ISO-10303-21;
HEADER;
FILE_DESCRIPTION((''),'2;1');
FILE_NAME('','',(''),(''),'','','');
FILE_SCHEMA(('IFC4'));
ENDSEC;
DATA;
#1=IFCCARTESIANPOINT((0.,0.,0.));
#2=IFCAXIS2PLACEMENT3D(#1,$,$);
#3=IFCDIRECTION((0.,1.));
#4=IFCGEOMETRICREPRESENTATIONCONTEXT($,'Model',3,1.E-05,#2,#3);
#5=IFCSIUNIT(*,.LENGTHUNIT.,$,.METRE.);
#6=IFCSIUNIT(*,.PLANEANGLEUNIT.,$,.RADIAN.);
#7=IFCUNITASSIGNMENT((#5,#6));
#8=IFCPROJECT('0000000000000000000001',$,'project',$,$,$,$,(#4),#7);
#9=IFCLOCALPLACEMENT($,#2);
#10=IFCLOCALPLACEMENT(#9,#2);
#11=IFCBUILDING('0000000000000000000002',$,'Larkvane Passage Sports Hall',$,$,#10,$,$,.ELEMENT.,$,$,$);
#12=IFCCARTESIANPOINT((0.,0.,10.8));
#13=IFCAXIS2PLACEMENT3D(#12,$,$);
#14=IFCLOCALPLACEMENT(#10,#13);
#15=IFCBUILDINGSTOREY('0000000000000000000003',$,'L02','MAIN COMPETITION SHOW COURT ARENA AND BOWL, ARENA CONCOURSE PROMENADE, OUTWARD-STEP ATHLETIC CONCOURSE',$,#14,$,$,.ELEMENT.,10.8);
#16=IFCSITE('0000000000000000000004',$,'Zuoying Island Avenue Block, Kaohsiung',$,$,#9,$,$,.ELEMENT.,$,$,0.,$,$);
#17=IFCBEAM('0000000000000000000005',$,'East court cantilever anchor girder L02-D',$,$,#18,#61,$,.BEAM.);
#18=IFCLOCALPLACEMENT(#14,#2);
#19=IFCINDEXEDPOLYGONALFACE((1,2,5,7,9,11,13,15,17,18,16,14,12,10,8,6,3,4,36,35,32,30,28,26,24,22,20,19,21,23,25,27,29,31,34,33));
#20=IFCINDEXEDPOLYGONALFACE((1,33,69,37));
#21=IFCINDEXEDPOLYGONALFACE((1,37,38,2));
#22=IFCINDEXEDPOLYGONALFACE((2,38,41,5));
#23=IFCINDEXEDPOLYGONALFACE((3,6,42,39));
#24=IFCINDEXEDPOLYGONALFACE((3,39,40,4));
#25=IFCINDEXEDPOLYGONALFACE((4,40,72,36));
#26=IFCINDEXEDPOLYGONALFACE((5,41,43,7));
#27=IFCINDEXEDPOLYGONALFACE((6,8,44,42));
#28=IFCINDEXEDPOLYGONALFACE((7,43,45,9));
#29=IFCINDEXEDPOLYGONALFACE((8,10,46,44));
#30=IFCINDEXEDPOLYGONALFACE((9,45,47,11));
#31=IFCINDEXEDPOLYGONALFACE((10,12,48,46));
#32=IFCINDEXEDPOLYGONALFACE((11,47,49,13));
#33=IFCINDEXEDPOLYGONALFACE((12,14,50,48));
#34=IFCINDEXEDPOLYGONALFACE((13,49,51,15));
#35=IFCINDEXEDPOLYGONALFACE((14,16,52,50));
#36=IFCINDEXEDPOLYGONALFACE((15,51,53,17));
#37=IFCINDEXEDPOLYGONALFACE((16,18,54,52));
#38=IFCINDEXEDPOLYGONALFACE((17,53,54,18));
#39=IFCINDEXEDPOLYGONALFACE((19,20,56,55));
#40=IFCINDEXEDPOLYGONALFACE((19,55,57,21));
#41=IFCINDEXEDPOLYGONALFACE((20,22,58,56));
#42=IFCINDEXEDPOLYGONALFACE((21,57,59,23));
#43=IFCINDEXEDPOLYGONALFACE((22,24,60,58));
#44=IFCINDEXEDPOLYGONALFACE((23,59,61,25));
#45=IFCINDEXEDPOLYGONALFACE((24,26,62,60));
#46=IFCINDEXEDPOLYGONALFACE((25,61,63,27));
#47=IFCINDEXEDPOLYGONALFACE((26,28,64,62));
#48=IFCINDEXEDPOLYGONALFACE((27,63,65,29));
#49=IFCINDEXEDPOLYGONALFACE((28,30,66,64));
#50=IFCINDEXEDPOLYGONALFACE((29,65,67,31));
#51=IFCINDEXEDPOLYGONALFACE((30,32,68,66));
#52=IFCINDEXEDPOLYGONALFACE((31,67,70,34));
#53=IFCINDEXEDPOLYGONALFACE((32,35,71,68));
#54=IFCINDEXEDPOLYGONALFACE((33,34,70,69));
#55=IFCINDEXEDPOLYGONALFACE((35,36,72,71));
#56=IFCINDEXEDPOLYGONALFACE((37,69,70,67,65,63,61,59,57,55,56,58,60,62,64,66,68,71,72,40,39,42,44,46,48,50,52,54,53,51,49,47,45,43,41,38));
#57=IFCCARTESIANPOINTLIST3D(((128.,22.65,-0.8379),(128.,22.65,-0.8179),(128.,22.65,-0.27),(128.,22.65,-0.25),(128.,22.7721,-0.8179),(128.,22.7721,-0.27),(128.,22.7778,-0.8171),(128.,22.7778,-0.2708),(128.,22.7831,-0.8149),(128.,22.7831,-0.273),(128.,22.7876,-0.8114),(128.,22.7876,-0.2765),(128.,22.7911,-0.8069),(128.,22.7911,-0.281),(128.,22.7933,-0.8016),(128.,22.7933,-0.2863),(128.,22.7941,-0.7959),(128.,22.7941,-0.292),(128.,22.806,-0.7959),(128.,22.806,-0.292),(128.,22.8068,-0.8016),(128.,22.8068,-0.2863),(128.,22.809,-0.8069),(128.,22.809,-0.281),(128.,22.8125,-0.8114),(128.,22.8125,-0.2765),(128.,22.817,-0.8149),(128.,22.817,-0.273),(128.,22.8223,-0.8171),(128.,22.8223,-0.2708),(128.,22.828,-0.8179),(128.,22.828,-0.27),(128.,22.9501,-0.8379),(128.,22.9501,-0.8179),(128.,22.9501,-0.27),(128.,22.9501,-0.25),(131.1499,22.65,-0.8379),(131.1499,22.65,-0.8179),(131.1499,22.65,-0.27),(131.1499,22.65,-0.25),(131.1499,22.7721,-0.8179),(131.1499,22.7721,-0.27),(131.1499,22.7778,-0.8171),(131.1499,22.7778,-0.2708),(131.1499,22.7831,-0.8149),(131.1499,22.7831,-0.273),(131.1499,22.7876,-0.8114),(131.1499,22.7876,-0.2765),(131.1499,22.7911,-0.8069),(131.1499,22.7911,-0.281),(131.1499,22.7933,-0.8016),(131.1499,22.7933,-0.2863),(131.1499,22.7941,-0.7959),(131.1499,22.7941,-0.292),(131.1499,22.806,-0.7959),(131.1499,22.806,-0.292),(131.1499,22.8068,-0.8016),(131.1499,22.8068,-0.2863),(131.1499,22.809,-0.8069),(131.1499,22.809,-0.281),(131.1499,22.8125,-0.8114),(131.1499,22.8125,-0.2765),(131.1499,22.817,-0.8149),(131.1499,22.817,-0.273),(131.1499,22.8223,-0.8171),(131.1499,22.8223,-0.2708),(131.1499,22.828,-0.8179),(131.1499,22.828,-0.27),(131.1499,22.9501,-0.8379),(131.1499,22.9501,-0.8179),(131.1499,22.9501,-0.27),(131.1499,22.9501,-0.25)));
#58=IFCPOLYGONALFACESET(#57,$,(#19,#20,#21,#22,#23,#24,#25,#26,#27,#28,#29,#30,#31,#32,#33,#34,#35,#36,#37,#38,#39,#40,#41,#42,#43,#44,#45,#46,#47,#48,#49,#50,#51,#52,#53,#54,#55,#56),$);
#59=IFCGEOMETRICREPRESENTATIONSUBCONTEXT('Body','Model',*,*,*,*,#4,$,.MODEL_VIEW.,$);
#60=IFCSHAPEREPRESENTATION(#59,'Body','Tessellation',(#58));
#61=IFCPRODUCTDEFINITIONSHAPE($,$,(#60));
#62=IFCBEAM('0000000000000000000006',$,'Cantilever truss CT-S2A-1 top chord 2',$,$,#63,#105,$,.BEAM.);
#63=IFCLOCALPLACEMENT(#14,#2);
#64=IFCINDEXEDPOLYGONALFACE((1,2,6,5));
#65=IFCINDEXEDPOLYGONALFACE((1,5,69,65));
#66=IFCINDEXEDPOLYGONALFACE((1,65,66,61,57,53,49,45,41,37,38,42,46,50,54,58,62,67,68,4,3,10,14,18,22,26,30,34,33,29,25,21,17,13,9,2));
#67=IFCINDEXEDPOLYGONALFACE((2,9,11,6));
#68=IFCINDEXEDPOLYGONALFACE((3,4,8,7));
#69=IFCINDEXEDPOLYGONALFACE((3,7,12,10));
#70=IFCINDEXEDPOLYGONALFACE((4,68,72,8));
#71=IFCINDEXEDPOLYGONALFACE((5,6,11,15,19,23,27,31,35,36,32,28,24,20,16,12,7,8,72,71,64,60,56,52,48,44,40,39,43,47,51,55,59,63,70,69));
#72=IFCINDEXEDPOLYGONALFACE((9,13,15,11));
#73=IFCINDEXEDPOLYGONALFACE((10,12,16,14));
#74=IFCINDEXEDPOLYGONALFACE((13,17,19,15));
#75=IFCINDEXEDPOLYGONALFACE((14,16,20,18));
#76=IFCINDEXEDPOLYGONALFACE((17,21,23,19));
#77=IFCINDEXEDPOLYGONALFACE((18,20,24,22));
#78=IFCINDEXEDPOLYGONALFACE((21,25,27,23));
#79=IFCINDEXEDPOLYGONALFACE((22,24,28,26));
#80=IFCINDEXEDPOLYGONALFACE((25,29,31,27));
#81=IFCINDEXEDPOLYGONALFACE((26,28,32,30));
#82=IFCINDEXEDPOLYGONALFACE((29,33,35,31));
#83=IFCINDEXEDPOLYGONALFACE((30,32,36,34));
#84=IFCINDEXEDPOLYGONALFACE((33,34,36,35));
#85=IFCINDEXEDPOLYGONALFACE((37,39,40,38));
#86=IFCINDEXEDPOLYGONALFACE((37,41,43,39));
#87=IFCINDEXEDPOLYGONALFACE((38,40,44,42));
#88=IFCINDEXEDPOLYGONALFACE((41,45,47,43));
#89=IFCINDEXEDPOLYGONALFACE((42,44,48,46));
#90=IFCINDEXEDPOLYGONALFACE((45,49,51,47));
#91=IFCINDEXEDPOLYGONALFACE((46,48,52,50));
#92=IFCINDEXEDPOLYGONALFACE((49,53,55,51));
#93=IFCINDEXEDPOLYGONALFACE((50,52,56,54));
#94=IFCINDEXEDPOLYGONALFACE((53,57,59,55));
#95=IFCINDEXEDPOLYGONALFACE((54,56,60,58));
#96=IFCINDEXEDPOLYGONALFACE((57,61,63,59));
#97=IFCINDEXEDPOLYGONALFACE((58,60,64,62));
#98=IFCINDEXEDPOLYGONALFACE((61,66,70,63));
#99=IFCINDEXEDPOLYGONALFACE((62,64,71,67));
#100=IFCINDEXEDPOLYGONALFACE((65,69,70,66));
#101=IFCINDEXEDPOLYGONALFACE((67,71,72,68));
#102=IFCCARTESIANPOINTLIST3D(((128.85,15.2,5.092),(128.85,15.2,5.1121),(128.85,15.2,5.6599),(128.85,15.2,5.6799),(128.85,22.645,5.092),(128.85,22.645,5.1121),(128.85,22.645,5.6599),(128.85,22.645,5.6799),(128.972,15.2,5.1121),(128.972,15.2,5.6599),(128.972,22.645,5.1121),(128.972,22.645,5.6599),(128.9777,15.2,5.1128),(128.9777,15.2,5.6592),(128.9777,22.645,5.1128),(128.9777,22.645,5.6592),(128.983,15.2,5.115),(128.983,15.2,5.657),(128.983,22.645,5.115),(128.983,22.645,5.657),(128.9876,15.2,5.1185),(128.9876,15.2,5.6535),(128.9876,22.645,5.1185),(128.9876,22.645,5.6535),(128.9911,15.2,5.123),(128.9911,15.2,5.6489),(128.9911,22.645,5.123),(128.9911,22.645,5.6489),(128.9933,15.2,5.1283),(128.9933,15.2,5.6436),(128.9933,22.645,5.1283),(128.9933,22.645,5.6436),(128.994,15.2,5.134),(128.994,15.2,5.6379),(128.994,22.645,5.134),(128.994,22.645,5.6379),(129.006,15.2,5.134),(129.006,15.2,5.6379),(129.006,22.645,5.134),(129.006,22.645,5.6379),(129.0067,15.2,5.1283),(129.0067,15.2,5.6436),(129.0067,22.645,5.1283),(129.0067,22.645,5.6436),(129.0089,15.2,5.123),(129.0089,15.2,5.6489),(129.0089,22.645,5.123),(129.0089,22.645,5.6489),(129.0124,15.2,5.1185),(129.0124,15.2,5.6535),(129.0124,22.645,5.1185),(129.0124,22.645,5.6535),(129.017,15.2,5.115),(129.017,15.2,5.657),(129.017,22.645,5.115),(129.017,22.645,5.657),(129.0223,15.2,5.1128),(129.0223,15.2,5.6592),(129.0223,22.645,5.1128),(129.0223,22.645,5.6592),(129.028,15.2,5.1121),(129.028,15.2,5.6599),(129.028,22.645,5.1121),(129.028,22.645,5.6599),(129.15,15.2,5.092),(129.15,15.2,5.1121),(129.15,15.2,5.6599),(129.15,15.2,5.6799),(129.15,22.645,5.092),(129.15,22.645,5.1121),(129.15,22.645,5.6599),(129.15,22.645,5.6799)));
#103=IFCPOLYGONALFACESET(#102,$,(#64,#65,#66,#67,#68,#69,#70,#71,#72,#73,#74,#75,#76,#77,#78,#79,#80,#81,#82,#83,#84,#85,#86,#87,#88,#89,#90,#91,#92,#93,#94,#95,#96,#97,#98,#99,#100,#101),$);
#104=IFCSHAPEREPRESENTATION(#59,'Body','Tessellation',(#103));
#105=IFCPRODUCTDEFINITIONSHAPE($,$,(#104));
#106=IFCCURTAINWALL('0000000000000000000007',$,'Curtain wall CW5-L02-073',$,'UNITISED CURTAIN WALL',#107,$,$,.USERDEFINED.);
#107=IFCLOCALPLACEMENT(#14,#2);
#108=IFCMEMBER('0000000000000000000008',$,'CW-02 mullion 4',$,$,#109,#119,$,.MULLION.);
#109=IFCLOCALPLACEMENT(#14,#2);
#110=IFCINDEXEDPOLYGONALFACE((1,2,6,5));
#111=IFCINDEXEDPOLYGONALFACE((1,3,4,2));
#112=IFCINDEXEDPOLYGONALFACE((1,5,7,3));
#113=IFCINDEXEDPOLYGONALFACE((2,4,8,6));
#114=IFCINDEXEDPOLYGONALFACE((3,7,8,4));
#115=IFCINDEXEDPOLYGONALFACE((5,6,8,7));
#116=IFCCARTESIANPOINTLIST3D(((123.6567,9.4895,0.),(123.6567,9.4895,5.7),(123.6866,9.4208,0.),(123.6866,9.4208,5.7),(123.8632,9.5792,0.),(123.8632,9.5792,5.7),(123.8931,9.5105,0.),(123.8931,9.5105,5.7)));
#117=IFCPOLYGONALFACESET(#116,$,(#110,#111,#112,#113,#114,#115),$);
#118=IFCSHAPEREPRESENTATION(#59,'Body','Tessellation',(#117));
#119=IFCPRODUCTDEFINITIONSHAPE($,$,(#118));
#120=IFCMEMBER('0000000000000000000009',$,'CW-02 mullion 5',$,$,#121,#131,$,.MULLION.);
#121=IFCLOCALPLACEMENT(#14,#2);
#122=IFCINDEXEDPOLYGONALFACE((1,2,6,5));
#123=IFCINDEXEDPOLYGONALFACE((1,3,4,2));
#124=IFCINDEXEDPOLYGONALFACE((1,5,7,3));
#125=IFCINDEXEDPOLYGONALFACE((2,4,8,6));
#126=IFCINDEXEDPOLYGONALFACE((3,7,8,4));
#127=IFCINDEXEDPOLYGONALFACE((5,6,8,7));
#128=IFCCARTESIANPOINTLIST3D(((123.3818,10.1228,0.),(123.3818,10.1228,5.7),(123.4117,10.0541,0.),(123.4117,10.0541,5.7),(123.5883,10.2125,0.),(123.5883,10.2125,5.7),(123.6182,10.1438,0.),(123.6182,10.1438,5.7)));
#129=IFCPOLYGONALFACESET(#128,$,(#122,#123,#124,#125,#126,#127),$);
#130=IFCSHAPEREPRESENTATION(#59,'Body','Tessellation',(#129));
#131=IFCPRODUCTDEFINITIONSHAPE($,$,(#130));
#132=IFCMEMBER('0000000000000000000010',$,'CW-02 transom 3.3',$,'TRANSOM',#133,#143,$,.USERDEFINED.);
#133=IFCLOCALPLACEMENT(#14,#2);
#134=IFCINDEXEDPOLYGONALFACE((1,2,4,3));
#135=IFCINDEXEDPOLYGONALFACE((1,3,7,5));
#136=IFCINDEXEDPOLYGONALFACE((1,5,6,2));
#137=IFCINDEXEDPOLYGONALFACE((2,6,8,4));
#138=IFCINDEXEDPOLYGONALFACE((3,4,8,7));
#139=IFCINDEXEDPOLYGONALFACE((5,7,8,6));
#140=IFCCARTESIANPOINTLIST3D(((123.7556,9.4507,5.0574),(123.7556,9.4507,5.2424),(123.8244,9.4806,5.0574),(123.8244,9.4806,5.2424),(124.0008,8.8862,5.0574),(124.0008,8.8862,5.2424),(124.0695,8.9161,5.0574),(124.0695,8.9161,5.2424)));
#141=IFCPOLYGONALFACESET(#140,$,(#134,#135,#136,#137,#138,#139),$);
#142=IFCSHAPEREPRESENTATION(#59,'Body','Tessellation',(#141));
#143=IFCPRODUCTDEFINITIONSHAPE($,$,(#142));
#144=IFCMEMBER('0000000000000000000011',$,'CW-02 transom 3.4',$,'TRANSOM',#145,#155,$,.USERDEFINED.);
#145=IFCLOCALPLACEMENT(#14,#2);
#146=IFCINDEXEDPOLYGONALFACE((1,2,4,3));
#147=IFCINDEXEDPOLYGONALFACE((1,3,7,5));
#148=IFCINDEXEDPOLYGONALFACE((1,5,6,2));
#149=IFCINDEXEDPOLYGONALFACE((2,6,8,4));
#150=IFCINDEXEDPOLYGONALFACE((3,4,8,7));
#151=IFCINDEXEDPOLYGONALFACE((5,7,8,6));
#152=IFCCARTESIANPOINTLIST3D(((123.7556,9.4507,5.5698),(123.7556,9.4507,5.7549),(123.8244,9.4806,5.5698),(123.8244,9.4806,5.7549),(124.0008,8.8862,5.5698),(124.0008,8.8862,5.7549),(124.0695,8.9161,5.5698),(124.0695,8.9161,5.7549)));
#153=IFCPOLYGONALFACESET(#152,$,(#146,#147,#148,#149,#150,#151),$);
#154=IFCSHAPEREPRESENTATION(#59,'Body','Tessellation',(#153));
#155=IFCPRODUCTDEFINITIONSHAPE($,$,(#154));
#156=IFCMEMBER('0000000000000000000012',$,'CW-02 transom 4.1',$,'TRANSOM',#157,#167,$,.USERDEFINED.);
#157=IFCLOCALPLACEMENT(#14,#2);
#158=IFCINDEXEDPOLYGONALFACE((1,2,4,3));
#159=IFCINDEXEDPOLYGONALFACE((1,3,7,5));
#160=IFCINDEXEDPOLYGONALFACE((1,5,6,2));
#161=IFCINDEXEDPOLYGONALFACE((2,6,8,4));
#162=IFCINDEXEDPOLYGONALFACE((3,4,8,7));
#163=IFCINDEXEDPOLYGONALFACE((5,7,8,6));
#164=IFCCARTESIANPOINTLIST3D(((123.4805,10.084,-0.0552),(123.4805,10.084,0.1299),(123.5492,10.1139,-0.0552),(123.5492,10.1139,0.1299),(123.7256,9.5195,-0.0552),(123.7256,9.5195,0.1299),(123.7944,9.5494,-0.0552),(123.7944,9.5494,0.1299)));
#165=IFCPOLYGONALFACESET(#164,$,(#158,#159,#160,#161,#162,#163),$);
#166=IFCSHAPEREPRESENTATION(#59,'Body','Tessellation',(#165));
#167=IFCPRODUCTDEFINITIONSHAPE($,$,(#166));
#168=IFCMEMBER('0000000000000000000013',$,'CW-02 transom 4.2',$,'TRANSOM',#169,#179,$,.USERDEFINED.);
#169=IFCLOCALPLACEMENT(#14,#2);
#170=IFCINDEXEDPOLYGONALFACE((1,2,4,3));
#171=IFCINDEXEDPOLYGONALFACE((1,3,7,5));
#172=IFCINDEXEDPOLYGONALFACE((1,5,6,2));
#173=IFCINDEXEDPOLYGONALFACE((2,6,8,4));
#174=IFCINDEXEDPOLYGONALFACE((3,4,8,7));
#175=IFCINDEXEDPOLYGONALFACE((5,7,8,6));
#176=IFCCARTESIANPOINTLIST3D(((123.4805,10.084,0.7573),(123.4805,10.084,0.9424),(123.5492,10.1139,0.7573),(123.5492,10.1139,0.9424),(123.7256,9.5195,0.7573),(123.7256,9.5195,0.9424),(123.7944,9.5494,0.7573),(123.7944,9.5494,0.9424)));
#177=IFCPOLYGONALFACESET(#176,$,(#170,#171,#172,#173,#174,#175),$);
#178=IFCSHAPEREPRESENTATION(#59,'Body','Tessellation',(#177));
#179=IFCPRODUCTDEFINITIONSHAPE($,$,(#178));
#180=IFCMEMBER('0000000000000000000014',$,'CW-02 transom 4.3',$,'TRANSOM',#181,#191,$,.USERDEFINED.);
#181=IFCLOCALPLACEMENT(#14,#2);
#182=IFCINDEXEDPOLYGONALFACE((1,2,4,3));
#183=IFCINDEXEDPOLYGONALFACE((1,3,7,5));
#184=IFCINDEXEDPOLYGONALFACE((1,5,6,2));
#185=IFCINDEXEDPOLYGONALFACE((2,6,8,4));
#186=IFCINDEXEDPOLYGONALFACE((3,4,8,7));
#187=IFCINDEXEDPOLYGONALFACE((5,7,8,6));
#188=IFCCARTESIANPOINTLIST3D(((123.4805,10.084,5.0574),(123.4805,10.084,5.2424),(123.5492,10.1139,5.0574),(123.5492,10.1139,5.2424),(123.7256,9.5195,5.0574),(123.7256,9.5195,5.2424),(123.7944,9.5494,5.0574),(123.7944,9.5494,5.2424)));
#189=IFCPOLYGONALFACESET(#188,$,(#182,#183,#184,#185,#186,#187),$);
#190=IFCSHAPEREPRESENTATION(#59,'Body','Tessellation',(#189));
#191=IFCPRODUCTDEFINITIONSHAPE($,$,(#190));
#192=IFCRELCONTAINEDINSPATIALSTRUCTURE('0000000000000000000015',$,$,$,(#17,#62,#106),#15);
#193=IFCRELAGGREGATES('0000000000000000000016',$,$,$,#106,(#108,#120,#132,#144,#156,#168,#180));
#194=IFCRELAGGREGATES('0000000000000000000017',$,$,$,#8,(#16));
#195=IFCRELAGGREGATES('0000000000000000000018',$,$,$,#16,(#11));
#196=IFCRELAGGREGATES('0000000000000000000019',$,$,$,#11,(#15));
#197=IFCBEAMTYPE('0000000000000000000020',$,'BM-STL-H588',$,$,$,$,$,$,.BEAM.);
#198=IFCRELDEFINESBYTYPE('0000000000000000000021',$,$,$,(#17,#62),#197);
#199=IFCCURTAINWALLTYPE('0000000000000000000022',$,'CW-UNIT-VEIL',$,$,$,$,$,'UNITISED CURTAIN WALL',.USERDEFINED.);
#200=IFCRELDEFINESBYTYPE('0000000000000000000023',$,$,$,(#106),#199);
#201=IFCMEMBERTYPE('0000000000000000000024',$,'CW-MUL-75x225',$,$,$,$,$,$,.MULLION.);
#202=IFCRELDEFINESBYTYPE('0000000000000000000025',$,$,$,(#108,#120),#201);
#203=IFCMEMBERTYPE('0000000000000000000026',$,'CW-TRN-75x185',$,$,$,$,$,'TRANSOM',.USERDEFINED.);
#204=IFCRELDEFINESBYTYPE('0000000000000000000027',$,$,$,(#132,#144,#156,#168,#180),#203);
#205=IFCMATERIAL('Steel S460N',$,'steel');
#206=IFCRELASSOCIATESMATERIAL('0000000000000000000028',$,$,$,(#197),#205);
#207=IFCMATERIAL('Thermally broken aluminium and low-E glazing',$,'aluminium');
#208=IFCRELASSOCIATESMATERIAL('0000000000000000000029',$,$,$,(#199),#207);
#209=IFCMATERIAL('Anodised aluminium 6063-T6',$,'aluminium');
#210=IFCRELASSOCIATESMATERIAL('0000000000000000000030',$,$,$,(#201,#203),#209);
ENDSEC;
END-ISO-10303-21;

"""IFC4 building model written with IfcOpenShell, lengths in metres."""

from ifc_helpers import new_model, si_unit, direction, frame, origin, origin_2d, place, context, subcontext, project, spatial, rectangle, i_section, extrude, material, material_profile, profile_set, type_object, element, aggregate, save


model = new_model("IFC4")

# Units and contexts
model_context = context("Model", 3, precision=1e-05, world=origin(), true_north=direction((0.0, 1.0)))
body_context = subcontext(model_context, "Body", "Model", "MODEL_VIEW")
ifc_project = project(units=[si_unit("LENGTHUNIT", "METRE"), si_unit("PLANEANGLEUNIT", "RADIAN")], contexts=[model_context])

# Site, building, storey
site_placement = place(None, origin())
site = spatial("IfcSite", under=ifc_project, at=site_placement, Name="Zuoying Island Avenue Block, Kaohsiung", CompositionType="ELEMENT", RefElevation=0.0)
building_placement = place(site_placement, origin())
building = spatial("IfcBuilding", under=site, at=building_placement, Name="Larkvane Passage Sports Hall", CompositionType="ELEMENT")
storey_placement = place(building_placement, frame((0.0, 0.0, 10.8)))
storey = spatial("IfcBuildingStorey", under=building, at=storey_placement, Name="L02", Description="MAIN COMPETITION SHOW COURT ARENA AND BOWL, ARENA CONCOURSE PROMENADE, OUTWARD-STEP ATHLETIC CONCOURSE", CompositionType="ELEMENT", Elevation=10.8)

# Beams
ifc_material_1 = material(Name="Steel S460N", Category="steel")
ifc_material_profile_1 = material_profile(ifc_material_1, i_section(OverallWidth=0.3, OverallDepth=0.5879, WebThickness=0.012, FlangeThickness=0.02, FilletRadius=0.022, at=origin_2d()), Name="H-588x300x12x20")
ifc_profile_set_1 = profile_set([ifc_material_profile_1], Name="Steel S460N")
beam_type = type_object("IfcBeamType", Name="BM-STL-H588", PredefinedType="BEAM", material=ifc_profile_set_1)
beam_1_placement = place(storey_placement, frame((128.0, 22.8, -0.5439), z_axis=(1.0, 0.0, 0.0), x_axis=(0.0, 1.0, 0.0)))
element("IfcBeam", 1, at=beam_1_placement, inside=storey, type_object=beam_type, Name="East court cantilever anchor girder L02-D", PredefinedType="BEAM", context=body_context, shape_type="SweptSolid", body=[
    extrude(i_section(OverallWidth=0.3, OverallDepth=0.5879, WebThickness=0.012, FlangeThickness=0.02, FilletRadius=0.022, at=origin_2d()), origin(), (0.0, 0.0, 1.0), 3.1499),
])
beam_2_placement = place(storey_placement, frame((129.0, 15.2, 5.386), z_axis=(0.0, 1.0, 0.0), x_axis=(-1.0, 0.0, 0.0)))
element("IfcBeam", 2, at=beam_2_placement, inside=storey, type_object=beam_type, Name="Cantilever truss CT-S2A-1 top chord 2", PredefinedType="BEAM", context=body_context, shape_type="SweptSolid", body=[
    extrude(i_section(OverallWidth=0.3, OverallDepth=0.5879, WebThickness=0.012, FlangeThickness=0.02, FilletRadius=0.022, at=origin_2d()), origin(), (0.0, 0.0, 1.0), 7.4451),
])

# Curtain wall, members
ifc_material_2 = material(Name="Thermally broken aluminium and low-E glazing", Category="aluminium")
curtain_wall_type = type_object("IfcCurtainWallType", Name="CW-UNIT-VEIL", ElementType="UNITISED CURTAIN WALL", PredefinedType="USERDEFINED", material=ifc_material_2)
curtain_wall_placement = place(storey_placement, origin())
curtain_wall = element("IfcCurtainWall", 3, at=curtain_wall_placement, inside=storey, type_object=curtain_wall_type, Name="Curtain wall CW5-L02-073", ObjectType="UNITISED CURTAIN WALL", PredefinedType="USERDEFINED")
ifc_material_3 = material(Name="Anodised aluminium 6063-T6", Category="aluminium")
ifc_material_profile_2 = material_profile(ifc_material_3, rectangle(XDim=0.075, YDim=0.2251, at=origin_2d()), Name="ALU-MUL-75x225")
ifc_profile_set_2 = profile_set([ifc_material_profile_2], Name="Anodised aluminium 6063-T6")
member_type_1 = type_object("IfcMemberType", Name="CW-MUL-75x225", PredefinedType="MULLION", material=ifc_profile_set_2)
member_1_placement = place(storey_placement, frame((123.7749, 9.5, 0.0), z_axis=(0.0, 0.0, 1.0), x_axis=(-0.398283, 0.917263, 0.0)))
member_1 = element("IfcMember", 4, at=member_1_placement, type_object=member_type_1, Name="CW-02 mullion 4", PredefinedType="MULLION", context=body_context, shape_type="SweptSolid", body=[
    extrude(rectangle(XDim=0.075, YDim=0.2251, at=origin_2d()), origin(), (0.0, 0.0, 1.0), 5.7),
])
member_2_placement = place(storey_placement, frame((123.5, 10.1333, 0.0), z_axis=(0.0, 0.0, 1.0), x_axis=(-0.398283, 0.917263, 0.0)))
member_2 = element("IfcMember", 5, at=member_2_placement, type_object=member_type_1, Name="CW-02 mullion 5", PredefinedType="MULLION", context=body_context, shape_type="SweptSolid", body=[
    extrude(rectangle(XDim=0.075, YDim=0.2251, at=origin_2d()), origin(), (0.0, 0.0, 1.0), 5.7),
])
ifc_material_profile_3 = material_profile(ifc_material_3, rectangle(XDim=0.075, YDim=0.1851, at=origin_2d()), Name="ALU-TRN-75x185")
ifc_profile_set_3 = profile_set([ifc_material_profile_3], Name="Anodised aluminium 6063-T6")
member_type_2 = type_object("IfcMemberType", Name="CW-TRN-75x185", ElementType="TRANSOM", PredefinedType="USERDEFINED", material=ifc_profile_set_3)
member_3_placement = place(storey_placement, frame((124.0352, 8.9011, 5.1499), z_axis=(-0.39832, 0.917247, 0.0), x_axis=(-0.917247, -0.39832, 0.0)))
member_3 = element("IfcMember", 6, at=member_3_placement, type_object=member_type_2, Name="CW-02 transom 3.3", ObjectType="TRANSOM", PredefinedType="USERDEFINED", context=body_context, shape_type="SweptSolid", body=[
    extrude(rectangle(XDim=0.075, YDim=0.1851, at=origin_2d()), origin(), (0.0, 0.0, 1.0), 0.6155),
])
member_4_placement = place(storey_placement, frame((124.0352, 8.9011, 5.6624), z_axis=(-0.39832, 0.917247, 0.0), x_axis=(-0.917247, -0.39832, 0.0)))
member_4 = element("IfcMember", 7, at=member_4_placement, type_object=member_type_2, Name="CW-02 transom 3.4", ObjectType="TRANSOM", PredefinedType="USERDEFINED", context=body_context, shape_type="SweptSolid", body=[
    extrude(rectangle(XDim=0.075, YDim=0.1851, at=origin_2d()), origin(), (0.0, 0.0, 1.0), 0.6155),
])
member_5_placement = place(storey_placement, frame((123.76, 9.5344, 0.0374), z_axis=(-0.39832, 0.917247, 0.0), x_axis=(-0.917247, -0.39832, 0.0)))
member_5 = element("IfcMember", 8, at=member_5_placement, type_object=member_type_2, Name="CW-02 transom 4.1", ObjectType="TRANSOM", PredefinedType="USERDEFINED", context=body_context, shape_type="SweptSolid", body=[
    extrude(rectangle(XDim=0.075, YDim=0.1851, at=origin_2d()), origin(), (0.0, 0.0, 1.0), 0.6155),
])
member_6_placement = place(storey_placement, frame((123.76, 9.5344, 0.8499), z_axis=(-0.39832, 0.917247, 0.0), x_axis=(-0.917247, -0.39832, 0.0)))
member_6 = element("IfcMember", 9, at=member_6_placement, type_object=member_type_2, Name="CW-02 transom 4.2", ObjectType="TRANSOM", PredefinedType="USERDEFINED", context=body_context, shape_type="SweptSolid", body=[
    extrude(rectangle(XDim=0.075, YDim=0.1851, at=origin_2d()), origin(), (0.0, 0.0, 1.0), 0.6155),
])
member_7_placement = place(storey_placement, frame((123.76, 9.5344, 5.1499), z_axis=(-0.39832, 0.917247, 0.0), x_axis=(-0.917247, -0.39832, 0.0)))
member_7 = element("IfcMember", 10, at=member_7_placement, type_object=member_type_2, Name="CW-02 transom 4.3", ObjectType="TRANSOM", PredefinedType="USERDEFINED", context=body_context, shape_type="SweptSolid", body=[
    extrude(rectangle(XDim=0.075, YDim=0.1851, at=origin_2d()), origin(), (0.0, 0.0, 1.0), 0.6155),
])

aggregate(curtain_wall, [member_1, member_2, member_3, member_4, member_5, member_6, member_7])

save(model, "model.ifc")
